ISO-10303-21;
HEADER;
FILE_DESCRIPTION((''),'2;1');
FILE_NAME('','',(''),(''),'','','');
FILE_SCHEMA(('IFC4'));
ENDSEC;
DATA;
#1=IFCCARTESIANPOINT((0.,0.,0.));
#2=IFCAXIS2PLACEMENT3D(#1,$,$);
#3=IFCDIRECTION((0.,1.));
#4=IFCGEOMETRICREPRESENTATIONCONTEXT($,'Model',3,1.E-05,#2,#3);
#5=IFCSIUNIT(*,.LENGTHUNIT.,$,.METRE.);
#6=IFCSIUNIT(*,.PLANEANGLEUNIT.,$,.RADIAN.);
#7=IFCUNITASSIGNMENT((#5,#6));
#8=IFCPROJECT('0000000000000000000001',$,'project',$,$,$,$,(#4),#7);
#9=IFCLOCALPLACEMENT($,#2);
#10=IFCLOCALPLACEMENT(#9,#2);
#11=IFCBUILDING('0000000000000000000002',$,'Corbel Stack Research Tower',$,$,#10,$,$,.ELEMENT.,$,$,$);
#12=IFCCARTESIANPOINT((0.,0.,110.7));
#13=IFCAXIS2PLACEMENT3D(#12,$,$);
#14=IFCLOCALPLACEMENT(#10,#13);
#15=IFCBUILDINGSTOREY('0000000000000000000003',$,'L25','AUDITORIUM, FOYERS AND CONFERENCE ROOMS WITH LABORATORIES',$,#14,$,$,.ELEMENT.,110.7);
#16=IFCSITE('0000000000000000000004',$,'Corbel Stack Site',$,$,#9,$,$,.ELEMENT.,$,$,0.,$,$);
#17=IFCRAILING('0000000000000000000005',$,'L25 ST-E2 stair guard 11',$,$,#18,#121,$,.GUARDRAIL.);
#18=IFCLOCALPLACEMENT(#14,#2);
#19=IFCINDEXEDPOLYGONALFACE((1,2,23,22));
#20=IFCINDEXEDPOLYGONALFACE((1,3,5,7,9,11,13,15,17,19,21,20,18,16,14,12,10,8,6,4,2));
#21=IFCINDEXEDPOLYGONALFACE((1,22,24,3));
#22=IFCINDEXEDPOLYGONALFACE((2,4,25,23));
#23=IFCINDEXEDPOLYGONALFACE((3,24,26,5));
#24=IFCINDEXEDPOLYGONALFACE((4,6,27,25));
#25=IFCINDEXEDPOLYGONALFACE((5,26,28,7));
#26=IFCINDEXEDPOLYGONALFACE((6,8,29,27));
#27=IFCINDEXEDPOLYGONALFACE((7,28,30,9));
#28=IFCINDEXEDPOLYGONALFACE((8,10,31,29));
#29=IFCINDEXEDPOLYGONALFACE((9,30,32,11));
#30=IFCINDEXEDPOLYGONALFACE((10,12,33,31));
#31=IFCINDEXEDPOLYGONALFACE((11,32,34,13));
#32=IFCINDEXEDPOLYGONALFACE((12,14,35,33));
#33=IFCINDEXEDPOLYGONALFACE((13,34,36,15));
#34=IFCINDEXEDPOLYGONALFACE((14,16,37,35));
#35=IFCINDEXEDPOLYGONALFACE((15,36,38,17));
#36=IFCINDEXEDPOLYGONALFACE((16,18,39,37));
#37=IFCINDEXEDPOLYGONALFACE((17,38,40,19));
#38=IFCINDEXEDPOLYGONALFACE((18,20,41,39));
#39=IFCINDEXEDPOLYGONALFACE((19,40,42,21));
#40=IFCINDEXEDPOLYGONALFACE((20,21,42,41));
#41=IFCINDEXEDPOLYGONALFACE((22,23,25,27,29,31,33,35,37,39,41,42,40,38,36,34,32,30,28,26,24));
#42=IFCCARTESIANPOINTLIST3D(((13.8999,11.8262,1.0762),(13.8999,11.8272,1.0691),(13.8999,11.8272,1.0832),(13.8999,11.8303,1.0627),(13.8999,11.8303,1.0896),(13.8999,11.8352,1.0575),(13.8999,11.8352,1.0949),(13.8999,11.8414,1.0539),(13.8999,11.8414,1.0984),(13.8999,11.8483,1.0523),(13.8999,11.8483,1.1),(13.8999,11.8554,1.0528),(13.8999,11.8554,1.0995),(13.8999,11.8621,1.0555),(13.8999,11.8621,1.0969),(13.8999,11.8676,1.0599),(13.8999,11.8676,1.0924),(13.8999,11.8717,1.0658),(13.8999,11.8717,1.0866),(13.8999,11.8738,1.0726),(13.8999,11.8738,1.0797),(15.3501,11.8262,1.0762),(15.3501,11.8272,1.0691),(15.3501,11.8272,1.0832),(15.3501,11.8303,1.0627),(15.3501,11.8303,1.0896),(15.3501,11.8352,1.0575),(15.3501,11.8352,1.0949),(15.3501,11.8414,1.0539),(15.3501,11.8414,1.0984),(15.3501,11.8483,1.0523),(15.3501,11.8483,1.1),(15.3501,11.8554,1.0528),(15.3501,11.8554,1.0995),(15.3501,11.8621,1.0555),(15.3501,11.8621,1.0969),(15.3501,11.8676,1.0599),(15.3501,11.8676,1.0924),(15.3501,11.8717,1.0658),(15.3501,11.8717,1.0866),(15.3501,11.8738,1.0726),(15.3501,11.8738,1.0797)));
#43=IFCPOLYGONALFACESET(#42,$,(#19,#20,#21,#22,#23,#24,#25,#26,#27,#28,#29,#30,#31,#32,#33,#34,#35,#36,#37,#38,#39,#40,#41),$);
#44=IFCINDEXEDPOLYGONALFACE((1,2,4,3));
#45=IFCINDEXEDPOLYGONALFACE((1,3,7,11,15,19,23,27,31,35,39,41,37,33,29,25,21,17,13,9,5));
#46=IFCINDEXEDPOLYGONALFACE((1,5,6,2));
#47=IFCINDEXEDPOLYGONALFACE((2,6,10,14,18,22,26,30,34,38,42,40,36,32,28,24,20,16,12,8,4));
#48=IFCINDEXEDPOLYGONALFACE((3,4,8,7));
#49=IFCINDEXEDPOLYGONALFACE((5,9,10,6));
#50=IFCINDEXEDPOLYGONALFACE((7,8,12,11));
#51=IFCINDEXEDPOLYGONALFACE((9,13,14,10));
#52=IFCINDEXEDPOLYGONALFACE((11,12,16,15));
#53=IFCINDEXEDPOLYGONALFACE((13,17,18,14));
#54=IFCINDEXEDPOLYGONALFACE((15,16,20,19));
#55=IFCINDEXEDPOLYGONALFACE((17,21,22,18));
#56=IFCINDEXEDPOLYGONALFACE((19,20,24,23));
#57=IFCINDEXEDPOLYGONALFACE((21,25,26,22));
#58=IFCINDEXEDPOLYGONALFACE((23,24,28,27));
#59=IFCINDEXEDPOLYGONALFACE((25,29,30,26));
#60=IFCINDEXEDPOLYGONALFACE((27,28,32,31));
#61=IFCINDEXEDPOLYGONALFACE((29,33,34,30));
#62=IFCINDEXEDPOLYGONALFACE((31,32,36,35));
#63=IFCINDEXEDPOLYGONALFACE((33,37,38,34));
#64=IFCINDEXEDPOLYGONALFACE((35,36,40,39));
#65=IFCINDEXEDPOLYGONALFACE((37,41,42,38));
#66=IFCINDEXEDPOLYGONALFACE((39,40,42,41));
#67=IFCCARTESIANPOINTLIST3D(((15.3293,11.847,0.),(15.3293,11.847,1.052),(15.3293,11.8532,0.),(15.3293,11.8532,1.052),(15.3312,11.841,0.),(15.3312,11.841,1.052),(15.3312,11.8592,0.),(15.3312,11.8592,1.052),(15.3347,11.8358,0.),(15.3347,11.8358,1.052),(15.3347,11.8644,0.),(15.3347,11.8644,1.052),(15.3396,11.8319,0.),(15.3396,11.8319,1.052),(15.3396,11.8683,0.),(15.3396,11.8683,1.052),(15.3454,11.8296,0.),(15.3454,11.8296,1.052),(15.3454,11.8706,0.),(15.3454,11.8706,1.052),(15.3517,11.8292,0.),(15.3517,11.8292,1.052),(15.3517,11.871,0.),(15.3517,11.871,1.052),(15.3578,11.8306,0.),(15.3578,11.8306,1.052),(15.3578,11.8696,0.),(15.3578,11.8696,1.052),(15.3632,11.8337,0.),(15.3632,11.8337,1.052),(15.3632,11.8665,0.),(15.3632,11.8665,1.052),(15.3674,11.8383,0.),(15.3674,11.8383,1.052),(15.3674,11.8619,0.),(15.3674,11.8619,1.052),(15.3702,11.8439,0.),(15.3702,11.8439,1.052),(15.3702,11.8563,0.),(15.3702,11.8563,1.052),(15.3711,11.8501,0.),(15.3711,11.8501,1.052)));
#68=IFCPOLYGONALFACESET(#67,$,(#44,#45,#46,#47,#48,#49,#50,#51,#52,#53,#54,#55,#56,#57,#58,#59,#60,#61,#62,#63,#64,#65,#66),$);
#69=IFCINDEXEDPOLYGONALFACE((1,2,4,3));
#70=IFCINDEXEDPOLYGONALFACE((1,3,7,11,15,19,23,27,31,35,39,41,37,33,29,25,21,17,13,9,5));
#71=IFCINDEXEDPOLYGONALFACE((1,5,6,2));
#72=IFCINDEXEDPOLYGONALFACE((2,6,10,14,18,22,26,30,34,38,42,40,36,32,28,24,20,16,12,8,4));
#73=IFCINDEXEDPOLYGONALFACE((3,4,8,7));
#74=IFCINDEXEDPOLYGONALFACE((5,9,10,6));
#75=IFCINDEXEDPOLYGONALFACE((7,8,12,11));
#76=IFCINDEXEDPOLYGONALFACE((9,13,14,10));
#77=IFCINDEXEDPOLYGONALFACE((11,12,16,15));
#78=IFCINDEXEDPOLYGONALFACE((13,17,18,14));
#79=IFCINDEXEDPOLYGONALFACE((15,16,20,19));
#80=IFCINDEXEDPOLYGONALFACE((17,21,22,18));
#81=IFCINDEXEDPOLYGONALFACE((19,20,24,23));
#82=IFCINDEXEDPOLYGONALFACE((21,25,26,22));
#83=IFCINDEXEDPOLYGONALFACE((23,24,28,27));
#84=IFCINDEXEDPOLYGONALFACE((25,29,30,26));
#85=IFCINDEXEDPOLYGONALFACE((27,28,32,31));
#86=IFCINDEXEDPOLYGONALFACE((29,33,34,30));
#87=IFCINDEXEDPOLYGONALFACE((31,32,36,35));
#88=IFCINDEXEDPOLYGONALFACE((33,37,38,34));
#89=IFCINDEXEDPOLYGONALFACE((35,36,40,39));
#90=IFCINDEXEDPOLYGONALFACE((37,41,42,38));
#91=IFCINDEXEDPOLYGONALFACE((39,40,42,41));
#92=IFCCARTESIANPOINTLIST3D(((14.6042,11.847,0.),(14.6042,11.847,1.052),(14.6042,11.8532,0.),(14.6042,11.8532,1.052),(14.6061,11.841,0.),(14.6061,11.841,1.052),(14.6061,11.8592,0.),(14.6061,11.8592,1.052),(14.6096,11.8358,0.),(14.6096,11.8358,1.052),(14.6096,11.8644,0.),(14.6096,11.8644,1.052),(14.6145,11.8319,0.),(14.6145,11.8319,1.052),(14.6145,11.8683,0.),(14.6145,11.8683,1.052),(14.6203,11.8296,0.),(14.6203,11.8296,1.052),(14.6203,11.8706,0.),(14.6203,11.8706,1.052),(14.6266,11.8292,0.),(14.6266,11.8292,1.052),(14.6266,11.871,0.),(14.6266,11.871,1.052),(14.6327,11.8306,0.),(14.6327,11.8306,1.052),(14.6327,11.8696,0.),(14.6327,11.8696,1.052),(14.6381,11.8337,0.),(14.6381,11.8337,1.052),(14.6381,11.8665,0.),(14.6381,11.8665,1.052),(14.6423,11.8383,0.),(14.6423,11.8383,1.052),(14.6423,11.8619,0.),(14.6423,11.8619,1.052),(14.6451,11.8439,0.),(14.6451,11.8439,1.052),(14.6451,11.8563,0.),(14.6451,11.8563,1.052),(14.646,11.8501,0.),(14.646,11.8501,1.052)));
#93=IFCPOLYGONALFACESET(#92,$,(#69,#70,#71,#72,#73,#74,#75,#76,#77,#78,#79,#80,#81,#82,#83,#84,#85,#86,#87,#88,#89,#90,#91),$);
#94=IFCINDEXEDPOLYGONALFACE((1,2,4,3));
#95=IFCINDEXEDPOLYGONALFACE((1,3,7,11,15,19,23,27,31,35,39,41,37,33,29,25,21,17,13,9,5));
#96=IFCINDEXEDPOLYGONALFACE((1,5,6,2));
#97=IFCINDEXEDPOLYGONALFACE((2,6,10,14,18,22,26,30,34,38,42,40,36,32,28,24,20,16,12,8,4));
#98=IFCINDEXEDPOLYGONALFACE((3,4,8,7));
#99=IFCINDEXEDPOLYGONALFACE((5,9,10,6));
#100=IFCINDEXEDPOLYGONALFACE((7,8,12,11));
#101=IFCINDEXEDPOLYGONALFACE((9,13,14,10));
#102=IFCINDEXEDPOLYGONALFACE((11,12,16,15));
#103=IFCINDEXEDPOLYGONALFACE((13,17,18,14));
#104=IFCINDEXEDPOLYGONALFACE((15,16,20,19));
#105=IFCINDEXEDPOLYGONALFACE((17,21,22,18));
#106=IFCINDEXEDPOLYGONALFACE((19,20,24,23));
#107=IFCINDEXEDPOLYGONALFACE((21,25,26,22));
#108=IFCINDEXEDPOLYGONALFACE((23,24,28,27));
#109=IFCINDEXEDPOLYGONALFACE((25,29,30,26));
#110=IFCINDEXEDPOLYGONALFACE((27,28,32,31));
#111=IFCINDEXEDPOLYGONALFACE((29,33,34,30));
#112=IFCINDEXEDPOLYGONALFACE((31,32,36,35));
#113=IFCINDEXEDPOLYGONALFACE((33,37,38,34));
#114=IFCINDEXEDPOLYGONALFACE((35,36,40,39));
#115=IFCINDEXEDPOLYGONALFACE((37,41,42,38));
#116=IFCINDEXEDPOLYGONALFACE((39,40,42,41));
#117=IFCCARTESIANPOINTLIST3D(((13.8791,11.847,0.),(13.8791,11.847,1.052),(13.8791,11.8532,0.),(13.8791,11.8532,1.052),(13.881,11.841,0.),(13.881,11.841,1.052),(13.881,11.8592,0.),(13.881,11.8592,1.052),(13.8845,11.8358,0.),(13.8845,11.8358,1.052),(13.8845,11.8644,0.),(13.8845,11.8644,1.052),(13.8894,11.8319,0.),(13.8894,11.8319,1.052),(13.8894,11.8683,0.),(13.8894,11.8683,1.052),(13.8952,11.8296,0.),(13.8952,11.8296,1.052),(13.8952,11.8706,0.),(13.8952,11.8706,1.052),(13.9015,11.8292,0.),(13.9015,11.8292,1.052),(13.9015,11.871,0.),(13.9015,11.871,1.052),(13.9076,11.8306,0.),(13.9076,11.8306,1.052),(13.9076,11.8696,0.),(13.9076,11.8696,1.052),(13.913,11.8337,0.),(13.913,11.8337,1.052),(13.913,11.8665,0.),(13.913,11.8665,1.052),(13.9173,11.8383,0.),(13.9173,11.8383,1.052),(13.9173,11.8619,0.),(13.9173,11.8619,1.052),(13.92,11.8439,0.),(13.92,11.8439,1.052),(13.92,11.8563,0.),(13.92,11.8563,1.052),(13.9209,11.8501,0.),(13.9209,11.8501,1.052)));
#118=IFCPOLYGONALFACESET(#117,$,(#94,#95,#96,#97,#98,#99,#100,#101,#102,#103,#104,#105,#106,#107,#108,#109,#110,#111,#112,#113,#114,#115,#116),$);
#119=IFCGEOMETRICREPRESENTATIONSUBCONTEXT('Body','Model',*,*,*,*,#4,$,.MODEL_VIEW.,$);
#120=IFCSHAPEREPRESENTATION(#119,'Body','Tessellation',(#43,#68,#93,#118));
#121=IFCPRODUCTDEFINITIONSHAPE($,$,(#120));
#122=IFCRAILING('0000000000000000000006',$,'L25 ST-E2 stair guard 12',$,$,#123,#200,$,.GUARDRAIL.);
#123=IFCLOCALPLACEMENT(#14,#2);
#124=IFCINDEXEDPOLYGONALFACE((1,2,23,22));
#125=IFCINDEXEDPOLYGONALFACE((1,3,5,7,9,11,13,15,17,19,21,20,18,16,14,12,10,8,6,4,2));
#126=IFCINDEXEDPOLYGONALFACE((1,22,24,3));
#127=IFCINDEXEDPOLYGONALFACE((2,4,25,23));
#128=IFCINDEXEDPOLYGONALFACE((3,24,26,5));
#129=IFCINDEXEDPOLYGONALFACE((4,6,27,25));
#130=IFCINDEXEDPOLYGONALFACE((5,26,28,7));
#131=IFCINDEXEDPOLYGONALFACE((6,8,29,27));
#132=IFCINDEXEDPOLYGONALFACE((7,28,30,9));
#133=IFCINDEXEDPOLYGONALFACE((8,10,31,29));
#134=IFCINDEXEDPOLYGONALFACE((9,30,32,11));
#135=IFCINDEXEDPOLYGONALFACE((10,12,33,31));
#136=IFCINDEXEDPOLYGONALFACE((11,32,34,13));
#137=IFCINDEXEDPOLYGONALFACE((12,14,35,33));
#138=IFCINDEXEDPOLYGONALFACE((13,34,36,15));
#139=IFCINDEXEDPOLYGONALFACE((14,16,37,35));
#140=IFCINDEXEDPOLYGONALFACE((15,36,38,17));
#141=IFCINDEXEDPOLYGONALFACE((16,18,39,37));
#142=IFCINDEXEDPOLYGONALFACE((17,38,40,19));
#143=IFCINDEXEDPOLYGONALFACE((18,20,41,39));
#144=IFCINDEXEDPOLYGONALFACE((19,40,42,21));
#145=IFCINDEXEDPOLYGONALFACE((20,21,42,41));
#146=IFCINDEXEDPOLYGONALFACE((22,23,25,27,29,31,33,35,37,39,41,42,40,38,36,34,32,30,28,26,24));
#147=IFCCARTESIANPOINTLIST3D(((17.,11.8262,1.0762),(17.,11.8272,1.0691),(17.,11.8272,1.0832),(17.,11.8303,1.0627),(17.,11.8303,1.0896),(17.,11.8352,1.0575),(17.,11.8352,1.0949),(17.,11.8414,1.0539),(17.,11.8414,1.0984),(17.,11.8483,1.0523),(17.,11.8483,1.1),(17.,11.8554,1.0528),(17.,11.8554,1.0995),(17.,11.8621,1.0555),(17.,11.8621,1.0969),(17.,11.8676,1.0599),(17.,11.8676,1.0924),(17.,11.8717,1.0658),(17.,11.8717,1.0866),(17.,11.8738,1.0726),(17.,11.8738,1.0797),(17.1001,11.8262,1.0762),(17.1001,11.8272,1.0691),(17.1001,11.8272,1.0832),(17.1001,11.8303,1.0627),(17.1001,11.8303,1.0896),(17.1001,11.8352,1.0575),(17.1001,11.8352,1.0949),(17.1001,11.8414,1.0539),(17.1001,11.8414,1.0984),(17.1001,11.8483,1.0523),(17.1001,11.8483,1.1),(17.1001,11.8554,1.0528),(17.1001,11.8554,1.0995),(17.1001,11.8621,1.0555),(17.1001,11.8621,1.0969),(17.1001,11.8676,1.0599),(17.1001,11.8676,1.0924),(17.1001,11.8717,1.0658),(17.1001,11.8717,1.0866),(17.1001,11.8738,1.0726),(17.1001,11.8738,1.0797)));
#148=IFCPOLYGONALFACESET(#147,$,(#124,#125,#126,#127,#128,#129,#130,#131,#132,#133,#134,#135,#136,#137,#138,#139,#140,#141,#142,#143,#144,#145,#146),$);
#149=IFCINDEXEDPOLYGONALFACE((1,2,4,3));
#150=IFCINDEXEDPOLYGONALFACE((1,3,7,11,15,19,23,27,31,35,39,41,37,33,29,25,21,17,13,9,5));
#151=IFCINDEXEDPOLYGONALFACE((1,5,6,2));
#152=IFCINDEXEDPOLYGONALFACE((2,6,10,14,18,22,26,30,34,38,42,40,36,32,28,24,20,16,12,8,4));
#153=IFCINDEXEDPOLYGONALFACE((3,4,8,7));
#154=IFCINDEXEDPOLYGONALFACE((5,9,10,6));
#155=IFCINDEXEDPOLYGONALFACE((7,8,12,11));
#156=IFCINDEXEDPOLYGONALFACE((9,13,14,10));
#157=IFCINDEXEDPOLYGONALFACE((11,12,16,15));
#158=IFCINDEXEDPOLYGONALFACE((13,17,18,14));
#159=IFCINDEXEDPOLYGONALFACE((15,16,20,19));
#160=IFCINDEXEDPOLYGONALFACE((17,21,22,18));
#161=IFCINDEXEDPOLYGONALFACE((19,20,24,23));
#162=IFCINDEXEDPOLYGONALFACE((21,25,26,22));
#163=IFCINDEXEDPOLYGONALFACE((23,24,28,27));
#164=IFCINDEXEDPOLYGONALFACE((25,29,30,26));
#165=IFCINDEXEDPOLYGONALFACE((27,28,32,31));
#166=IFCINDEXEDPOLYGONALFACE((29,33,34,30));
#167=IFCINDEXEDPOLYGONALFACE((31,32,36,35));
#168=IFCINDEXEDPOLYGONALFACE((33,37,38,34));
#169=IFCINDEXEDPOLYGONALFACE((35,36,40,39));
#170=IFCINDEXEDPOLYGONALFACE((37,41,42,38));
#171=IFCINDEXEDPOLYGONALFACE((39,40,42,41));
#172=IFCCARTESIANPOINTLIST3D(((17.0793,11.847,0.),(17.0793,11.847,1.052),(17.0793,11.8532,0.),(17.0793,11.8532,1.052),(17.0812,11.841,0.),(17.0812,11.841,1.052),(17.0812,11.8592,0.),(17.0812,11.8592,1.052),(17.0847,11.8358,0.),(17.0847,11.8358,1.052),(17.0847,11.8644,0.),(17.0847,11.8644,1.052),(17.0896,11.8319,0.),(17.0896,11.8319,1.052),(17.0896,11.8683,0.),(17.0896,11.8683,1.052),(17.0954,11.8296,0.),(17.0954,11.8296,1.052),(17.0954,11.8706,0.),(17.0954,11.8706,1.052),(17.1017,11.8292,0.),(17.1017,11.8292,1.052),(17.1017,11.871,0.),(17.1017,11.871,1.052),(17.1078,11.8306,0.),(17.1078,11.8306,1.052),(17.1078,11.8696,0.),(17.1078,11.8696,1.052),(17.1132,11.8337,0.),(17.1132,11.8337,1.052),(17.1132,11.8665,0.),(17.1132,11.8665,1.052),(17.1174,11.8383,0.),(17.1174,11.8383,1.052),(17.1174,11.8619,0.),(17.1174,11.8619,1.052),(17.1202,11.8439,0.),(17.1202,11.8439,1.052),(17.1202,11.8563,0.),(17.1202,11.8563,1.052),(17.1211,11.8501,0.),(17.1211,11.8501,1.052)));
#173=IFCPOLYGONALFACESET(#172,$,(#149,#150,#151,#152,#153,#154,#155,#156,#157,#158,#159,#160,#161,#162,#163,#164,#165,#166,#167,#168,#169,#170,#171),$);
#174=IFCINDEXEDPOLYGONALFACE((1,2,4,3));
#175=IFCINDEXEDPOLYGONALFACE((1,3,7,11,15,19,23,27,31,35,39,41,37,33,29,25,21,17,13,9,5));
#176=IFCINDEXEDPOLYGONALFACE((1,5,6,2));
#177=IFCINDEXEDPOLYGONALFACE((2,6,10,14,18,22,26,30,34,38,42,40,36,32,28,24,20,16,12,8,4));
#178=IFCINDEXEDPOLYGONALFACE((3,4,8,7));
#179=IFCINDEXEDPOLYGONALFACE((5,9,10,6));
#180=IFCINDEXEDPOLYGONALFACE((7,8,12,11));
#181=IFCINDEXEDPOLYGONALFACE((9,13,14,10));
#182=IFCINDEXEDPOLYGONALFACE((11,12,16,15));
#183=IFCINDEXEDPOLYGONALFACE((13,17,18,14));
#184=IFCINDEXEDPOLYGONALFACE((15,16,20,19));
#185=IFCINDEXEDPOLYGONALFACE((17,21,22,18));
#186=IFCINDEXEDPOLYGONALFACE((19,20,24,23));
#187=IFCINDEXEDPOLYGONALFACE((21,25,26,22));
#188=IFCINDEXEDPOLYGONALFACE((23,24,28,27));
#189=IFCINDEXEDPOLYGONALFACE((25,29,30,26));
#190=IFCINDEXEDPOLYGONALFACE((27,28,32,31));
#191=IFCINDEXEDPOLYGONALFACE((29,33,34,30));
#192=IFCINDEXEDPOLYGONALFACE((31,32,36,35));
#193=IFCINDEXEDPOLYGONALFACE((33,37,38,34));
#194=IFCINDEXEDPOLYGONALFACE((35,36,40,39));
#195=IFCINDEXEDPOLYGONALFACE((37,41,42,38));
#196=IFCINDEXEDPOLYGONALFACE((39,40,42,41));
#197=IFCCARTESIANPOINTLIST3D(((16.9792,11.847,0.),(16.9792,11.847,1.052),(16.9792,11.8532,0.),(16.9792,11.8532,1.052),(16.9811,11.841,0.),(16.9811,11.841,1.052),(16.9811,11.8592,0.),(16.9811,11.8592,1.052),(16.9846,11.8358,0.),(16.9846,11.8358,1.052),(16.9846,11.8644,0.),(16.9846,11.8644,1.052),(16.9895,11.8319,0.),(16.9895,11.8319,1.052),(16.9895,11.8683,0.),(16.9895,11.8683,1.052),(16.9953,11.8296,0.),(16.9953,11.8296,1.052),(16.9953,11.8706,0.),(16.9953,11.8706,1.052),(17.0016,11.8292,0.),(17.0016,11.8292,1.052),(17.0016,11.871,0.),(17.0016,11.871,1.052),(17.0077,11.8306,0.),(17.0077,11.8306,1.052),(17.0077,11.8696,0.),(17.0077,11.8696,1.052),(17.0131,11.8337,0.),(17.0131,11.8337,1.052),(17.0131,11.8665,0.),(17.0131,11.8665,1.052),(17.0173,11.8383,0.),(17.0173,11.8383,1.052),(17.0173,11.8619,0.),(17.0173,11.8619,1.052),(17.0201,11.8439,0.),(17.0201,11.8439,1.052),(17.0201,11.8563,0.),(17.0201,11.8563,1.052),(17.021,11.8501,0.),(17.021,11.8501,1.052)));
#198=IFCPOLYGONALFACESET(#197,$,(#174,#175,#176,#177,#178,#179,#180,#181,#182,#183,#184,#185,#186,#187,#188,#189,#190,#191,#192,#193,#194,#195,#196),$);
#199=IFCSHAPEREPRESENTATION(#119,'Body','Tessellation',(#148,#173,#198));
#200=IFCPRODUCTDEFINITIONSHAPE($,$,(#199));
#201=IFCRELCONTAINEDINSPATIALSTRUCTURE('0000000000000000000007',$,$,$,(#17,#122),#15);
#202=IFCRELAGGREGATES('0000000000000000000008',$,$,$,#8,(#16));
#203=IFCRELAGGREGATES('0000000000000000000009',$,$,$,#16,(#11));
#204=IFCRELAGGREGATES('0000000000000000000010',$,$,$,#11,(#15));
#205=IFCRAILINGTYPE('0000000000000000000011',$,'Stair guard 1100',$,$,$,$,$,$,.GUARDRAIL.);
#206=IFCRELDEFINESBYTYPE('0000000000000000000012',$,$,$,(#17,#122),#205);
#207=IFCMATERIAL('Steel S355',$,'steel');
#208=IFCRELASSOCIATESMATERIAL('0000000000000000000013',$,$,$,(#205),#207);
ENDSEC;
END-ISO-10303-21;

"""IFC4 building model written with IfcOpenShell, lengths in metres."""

from ifc_helpers import new_model, si_unit, direction, frame, origin, origin_2d, place, context, subcontext, project, spatial, circle, extrude, material, type_object, element, save


model = new_model("IFC4")

# Units and contexts
model_context = context("Model", 3, precision=1e-05, world=origin(), true_north=direction((0.0, 1.0)))
body_context = subcontext(model_context, "Body", "Model", "MODEL_VIEW")
ifc_project = project(units=[si_unit("LENGTHUNIT", "METRE"), si_unit("PLANEANGLEUNIT", "RADIAN")], contexts=[model_context])

# Site, building, storey
site_placement = place(None, origin())
site = spatial("IfcSite", under=ifc_project, at=site_placement, Name="Corbel Stack Site", CompositionType="ELEMENT", RefElevation=0.0)
building_placement = place(site_placement, origin())
building = spatial("IfcBuilding", under=site, at=building_placement, Name="Corbel Stack Research Tower", CompositionType="ELEMENT")
storey_placement = place(building_placement, frame((0.0, 0.0, 110.7)))
storey = spatial("IfcBuildingStorey", under=building, at=storey_placement, Name="L25", Description="AUDITORIUM, FOYERS AND CONFERENCE ROOMS WITH LABORATORIES", CompositionType="ELEMENT", Elevation=110.7)

# Railings
ifc_material_1 = material(Name="Steel S355", Category="steel")
railing_type_1 = type_object("IfcRailingType", Name="Stair guard 1100", PredefinedType="GUARDRAIL", material=ifc_material_1)
railing_1_placement = place(storey_placement, frame((15.3501, 11.8501, 0.0)))
element("IfcRailing", 1, at=railing_1_placement, inside=storey, type_object=railing_type_1, Name="L25 ST-E2 stair guard 11", PredefinedType="GUARDRAIL", context=body_context, shape_type="SweptSolid", body=[
    extrude(circle(Radius=0.0239, at=origin_2d()), frame((0.0, 0.0, 1.0762), z_axis=(-1.0, 0.0, 0.0), x_axis=(0.0, -1.0, 0.0)), (0.0, 0.0, 1.0), 1.4502),
    extrude(circle(Radius=0.021, at=origin_2d()), origin(), (0.0, 0.0, 1.0), 1.052),
    extrude(circle(Radius=0.021, at=origin_2d()), frame((-0.7251, 0.0, 0.0)), (0.0, 0.0, 1.0), 1.052),
    extrude(circle(Radius=0.021, at=origin_2d()), frame((-1.4502, 0.0, 0.0)), (0.0, 0.0, 1.0), 1.052),
])
railing_2_placement = place(storey_placement, frame((17.1001, 11.8501, 0.0)))
element("IfcRailing", 2, at=railing_2_placement, inside=storey, type_object=railing_type_1, Name="L25 ST-E2 stair guard 12", PredefinedType="GUARDRAIL", context=body_context, shape_type="SweptSolid", body=[
    extrude(circle(Radius=0.0239, at=origin_2d()), frame((0.0, 0.0, 1.0762), z_axis=(-1.0, 0.0, 0.0), x_axis=(0.0, -1.0, 0.0)), (0.0, 0.0, 1.0), 0.1001),
    extrude(circle(Radius=0.021, at=origin_2d()), origin(), (0.0, 0.0, 1.0), 1.052),
    extrude(circle(Radius=0.021, at=origin_2d()), frame((-0.1001, 0.0, 0.0)), (0.0, 0.0, 1.0), 1.052),
])

save(model, "model.ifc")
